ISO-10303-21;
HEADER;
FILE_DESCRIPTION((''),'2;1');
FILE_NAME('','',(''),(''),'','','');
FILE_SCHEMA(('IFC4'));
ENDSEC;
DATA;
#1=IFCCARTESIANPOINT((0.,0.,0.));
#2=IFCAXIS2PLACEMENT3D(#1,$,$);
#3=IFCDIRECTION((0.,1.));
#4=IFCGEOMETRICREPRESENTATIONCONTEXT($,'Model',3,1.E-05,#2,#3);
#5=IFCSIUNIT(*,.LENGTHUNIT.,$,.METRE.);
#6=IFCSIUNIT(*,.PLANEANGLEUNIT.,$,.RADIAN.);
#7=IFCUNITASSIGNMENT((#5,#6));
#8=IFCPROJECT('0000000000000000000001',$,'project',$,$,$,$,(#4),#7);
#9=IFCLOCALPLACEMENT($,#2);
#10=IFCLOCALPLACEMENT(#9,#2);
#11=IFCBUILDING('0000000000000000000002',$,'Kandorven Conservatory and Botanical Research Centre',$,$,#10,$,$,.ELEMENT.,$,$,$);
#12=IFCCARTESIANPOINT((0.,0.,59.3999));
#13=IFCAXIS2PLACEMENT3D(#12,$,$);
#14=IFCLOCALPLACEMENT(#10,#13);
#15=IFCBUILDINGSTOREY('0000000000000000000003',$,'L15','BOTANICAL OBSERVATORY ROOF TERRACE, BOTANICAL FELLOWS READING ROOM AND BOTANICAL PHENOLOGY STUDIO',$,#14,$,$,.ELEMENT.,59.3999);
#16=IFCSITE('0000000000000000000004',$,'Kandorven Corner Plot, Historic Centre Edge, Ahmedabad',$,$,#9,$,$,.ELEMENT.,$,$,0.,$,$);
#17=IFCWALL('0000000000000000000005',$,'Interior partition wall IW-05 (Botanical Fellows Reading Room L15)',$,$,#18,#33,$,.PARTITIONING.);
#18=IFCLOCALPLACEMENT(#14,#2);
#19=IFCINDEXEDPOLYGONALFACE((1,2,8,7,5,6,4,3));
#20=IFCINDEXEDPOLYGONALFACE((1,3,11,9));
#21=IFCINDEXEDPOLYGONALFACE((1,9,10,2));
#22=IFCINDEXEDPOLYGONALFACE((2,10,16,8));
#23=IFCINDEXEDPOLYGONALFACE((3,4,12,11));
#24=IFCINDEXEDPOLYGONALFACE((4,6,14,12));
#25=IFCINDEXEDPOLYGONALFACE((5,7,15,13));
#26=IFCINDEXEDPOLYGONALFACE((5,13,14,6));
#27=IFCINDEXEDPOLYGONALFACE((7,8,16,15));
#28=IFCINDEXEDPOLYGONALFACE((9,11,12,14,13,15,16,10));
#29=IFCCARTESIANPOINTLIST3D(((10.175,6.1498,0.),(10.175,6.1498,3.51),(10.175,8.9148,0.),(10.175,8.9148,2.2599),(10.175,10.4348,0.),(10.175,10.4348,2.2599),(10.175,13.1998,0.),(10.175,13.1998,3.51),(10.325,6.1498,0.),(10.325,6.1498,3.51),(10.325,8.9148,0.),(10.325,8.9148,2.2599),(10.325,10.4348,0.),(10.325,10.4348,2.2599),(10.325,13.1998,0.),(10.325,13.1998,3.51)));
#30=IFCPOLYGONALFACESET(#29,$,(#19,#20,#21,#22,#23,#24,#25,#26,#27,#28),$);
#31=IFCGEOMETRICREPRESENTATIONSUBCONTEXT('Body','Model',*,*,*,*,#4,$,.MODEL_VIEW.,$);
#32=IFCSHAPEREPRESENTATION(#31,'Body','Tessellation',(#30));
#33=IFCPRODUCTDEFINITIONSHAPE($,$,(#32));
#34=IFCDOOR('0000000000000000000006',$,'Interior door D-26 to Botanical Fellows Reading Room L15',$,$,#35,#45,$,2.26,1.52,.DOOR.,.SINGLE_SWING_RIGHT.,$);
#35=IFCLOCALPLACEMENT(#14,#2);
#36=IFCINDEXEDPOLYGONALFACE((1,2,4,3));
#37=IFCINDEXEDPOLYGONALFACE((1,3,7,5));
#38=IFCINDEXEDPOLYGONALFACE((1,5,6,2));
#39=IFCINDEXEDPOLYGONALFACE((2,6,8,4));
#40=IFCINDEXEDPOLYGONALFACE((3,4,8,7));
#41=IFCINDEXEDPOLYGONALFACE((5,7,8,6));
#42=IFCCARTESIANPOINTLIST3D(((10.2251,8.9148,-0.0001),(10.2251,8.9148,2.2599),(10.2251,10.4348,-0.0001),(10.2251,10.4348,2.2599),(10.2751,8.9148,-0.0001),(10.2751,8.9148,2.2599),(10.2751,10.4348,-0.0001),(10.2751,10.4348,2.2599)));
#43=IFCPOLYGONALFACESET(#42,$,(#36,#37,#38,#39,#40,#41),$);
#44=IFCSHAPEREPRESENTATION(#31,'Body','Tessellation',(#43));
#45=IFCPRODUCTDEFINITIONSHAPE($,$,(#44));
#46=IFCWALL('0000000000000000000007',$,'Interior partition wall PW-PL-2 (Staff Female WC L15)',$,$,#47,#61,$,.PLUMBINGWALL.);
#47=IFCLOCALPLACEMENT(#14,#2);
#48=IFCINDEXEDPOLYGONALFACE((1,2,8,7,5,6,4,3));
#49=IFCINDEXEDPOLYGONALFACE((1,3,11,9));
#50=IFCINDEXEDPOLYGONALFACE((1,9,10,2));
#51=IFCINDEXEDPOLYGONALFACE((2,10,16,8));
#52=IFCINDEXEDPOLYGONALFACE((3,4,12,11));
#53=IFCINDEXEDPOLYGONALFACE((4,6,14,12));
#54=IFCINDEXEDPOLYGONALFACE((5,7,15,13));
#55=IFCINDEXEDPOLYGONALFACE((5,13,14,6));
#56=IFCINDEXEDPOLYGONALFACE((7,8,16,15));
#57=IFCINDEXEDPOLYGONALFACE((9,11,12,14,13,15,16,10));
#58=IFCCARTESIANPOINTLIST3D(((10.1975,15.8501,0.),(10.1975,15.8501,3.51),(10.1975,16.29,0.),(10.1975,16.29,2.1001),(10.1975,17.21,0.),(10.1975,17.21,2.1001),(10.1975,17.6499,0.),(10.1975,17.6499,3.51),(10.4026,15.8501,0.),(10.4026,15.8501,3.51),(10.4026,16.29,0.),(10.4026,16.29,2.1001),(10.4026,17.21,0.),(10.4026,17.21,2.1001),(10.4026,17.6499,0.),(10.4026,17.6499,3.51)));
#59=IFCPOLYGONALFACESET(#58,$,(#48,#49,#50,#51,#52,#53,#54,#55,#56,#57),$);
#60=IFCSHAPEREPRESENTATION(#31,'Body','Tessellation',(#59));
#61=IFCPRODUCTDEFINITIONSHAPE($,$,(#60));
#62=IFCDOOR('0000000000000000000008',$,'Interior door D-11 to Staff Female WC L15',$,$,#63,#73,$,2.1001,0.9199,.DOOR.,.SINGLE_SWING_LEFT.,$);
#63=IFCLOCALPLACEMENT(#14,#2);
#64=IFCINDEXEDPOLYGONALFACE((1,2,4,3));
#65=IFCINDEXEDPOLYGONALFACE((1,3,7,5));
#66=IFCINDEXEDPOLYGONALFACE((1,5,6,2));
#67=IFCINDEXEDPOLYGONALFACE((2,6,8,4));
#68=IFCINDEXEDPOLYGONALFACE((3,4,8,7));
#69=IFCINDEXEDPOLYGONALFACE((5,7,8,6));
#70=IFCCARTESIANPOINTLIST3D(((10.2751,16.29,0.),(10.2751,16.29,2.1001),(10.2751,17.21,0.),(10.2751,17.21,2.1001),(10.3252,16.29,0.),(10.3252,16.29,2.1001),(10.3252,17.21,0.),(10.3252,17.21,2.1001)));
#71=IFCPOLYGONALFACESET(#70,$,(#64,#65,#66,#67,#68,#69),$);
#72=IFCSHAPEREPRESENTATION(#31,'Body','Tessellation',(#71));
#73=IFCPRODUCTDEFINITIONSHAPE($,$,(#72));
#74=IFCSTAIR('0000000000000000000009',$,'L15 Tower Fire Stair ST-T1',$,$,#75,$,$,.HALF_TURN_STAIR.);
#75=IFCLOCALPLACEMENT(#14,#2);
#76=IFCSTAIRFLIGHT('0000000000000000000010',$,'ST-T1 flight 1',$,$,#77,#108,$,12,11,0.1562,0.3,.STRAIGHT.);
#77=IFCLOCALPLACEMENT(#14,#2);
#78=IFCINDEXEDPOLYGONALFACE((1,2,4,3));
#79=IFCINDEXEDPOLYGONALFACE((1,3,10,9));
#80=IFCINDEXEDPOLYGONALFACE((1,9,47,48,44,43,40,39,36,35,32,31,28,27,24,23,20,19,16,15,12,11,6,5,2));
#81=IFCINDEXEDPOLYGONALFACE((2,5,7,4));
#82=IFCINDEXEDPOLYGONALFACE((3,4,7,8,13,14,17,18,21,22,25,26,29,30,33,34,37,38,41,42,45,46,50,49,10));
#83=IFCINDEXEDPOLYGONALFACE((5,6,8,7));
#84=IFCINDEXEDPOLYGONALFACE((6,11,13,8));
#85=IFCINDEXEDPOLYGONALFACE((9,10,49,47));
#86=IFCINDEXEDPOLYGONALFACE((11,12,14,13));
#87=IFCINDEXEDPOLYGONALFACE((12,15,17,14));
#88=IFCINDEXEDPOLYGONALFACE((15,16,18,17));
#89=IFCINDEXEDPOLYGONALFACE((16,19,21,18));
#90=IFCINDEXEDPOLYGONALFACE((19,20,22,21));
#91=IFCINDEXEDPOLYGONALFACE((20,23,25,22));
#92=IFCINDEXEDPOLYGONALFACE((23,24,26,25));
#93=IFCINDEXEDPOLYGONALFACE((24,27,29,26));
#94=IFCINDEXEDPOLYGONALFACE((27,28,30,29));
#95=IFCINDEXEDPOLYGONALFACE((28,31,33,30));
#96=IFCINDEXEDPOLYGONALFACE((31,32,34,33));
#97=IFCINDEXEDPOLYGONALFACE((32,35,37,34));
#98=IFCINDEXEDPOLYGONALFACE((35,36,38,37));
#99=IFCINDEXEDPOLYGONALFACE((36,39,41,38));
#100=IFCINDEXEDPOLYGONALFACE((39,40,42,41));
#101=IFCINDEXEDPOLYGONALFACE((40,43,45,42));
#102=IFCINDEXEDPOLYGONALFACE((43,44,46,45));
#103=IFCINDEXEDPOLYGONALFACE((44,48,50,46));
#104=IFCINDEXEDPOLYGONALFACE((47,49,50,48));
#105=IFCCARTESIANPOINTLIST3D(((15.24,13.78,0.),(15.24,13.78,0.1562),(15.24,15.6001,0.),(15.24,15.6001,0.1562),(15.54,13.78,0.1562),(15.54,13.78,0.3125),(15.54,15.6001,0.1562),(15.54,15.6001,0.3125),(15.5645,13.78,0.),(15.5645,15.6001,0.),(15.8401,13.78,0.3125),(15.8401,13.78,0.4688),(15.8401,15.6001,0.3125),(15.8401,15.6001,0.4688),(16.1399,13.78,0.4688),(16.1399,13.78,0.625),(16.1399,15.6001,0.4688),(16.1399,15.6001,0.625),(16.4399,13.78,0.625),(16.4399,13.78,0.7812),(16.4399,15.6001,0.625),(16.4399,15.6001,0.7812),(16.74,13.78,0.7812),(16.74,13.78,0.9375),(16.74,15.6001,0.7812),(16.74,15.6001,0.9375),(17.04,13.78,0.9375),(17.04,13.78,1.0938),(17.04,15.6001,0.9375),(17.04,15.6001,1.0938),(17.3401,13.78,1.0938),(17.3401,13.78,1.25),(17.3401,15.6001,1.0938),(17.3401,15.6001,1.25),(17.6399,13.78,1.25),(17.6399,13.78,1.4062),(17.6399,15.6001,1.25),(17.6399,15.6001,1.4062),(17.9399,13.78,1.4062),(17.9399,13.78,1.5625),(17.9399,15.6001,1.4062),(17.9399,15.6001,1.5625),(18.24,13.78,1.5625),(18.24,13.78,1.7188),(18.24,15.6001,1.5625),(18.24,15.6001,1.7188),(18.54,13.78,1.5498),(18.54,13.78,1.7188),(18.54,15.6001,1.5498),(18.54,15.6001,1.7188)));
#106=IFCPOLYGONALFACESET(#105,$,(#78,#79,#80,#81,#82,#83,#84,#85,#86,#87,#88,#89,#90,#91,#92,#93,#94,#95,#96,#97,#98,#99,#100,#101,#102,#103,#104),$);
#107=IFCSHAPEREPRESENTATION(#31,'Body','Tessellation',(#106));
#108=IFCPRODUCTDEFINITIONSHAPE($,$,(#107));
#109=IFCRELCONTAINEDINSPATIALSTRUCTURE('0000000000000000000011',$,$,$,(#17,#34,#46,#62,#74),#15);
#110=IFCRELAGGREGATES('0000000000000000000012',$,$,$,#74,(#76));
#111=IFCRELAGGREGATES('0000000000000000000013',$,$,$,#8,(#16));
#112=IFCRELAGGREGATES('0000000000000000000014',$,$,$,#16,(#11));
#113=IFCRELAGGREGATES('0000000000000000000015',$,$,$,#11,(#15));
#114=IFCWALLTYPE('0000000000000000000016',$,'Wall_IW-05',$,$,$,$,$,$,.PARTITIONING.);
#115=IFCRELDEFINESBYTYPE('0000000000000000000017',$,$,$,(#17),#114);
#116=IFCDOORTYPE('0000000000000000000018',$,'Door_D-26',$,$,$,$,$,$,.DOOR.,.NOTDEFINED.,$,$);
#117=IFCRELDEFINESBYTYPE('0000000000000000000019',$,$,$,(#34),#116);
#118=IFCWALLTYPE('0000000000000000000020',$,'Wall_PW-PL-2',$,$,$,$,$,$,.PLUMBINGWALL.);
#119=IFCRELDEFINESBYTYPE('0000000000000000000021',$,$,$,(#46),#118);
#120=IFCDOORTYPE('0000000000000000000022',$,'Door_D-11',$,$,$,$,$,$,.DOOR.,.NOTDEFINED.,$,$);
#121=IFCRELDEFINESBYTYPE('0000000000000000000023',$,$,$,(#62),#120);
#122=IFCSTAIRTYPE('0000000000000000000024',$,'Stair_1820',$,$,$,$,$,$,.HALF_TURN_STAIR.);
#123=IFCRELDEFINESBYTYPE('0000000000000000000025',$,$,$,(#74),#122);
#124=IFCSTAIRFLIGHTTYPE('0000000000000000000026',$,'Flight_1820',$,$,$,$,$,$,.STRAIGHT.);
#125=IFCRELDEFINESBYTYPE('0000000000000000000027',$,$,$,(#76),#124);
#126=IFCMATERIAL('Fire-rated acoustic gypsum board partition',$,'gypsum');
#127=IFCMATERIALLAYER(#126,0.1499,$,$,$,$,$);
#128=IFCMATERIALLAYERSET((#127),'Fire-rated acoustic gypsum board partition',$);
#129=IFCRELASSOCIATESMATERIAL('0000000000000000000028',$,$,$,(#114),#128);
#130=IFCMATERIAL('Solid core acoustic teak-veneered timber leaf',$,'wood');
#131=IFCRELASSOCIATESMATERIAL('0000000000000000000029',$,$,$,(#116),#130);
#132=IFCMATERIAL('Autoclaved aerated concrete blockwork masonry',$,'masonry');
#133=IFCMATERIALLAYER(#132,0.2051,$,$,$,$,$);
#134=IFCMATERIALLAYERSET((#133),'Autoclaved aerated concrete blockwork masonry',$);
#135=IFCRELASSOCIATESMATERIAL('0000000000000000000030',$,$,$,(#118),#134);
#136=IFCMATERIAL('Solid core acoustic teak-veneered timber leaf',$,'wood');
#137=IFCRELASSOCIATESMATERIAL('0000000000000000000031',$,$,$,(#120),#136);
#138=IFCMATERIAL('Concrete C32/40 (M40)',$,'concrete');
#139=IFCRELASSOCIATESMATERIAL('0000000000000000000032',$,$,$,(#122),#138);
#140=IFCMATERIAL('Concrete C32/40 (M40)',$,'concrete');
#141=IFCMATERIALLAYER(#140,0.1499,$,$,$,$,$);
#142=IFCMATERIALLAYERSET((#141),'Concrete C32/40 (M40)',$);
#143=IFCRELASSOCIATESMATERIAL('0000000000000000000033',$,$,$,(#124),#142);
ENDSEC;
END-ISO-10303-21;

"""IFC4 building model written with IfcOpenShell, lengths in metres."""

from ifc_helpers import new_model, si_unit, direction, frame, frame_2d, origin, place, context, subcontext, project, spatial, polyline, rectangle, outline, extrude, material, layer, layer_set, type_object, element, fill, aggregate, save


model = new_model("IFC4")

# Units and contexts
model_context = context("Model", 3, precision=1e-05, world=origin(), true_north=direction((0.0, 1.0)))
body_context = subcontext(model_context, "Body", "Model", "MODEL_VIEW")
ifc_project = project(units=[si_unit("LENGTHUNIT", "METRE"), si_unit("PLANEANGLEUNIT", "RADIAN")], contexts=[model_context])

# Site, building, storey
site_placement = place(None, origin())
site = spatial("IfcSite", under=ifc_project, at=site_placement, Name="Kandorven Corner Plot, Historic Centre Edge, Ahmedabad", CompositionType="ELEMENT", RefElevation=0.0)
building_placement = place(site_placement, origin())
building = spatial("IfcBuilding", under=site, at=building_placement, Name="Kandorven Conservatory and Botanical Research Centre", CompositionType="ELEMENT")
storey_placement = place(building_placement, frame((0.0, 0.0, 59.3999)))
storey = spatial("IfcBuildingStorey", under=building, at=storey_placement, Name="L15", Description="BOTANICAL OBSERVATORY ROOF TERRACE, BOTANICAL FELLOWS READING ROOM AND BOTANICAL PHENOLOGY STUDIO", CompositionType="ELEMENT", Elevation=59.3999)

# Walls, openings, doors
ifc_material_1 = material(Name="Fire-rated acoustic gypsum board partition", Category="gypsum")
ifc_layer_1 = layer(ifc_material_1, 0.1499)
ifc_layer_set_1 = layer_set([ifc_layer_1], Name="Fire-rated acoustic gypsum board partition")
wall_type_1 = type_object("IfcWallType", Name="Wall_IW-05", PredefinedType="PARTITIONING", material=ifc_layer_set_1)
wall_1_placement = place(storey_placement, frame((10.25, 6.1499, 0.0), z_axis=(0.0, 0.0, 1.0), x_axis=(0.0, 1.0, 0.0)))
wall_1 = element("IfcWall", 1, at=wall_1_placement, inside=storey, type_object=wall_type_1, Name="Interior partition wall IW-05 (Botanical Fellows Reading Room L15)", PredefinedType="PARTITIONING", context=body_context, shape_type="SweptSolid", body=[
    extrude(rectangle(XDim=7.05, YDim=0.1499, at=frame_2d((3.5249, 0.0))), origin(), (0.0, 0.0, 1.0), 3.51),
])
opening_1_placement = place(wall_1_placement, frame((2.7649, 0.0, 0.0)))
opening_1 = element("IfcOpeningElement", 2, at=opening_1_placement, cuts=wall_1, PredefinedType="OPENING", context=body_context, shape_type="SweptSolid", body=[
    extrude(rectangle(XDim=1.52, YDim=2.26, at=frame_2d((0.76, 1.1299))), frame((0.0, 0.085, 0.0), z_axis=(0.0, -1.0, 0.0), x_axis=(1.0, 0.0, 0.0)), (0.0, 0.0, 1.0), 0.1699),
])
ifc_material_2 = material(Name="Solid core acoustic teak-veneered timber leaf", Category="wood")
door_type_1 = type_object("IfcDoorType", Name="Door_D-26", OperationType="NOTDEFINED", PredefinedType="DOOR", material=ifc_material_2)
door_1_placement = place(opening_1_placement, origin())
door_1 = element("IfcDoor", 3, at=door_1_placement, inside=storey, type_object=door_type_1, Name="Interior door D-26 to Botanical Fellows Reading Room L15", OperationType="SINGLE_SWING_RIGHT", OverallHeight=2.26, OverallWidth=1.52, PredefinedType="DOOR", context=body_context, shape_type="SweptSolid", body=[
    extrude(rectangle(XDim=1.52, YDim=2.26, at=frame_2d((0.76, 1.1299))), frame((0.0, 0.0249, 0.0), z_axis=(0.0, -1.0, 0.0), x_axis=(1.0, 0.0, 0.0)), (0.0, 0.0, 1.0), 0.05),
])
fill(opening_1, door_1)
ifc_material_3 = material(Name="Autoclaved aerated concrete blockwork masonry", Category="masonry")
ifc_layer_2 = layer(ifc_material_3, 0.2051)
ifc_layer_set_2 = layer_set([ifc_layer_2], Name="Autoclaved aerated concrete blockwork masonry")
wall_type_2 = type_object("IfcWallType", Name="Wall_PW-PL-2", PredefinedType="PLUMBINGWALL", material=ifc_layer_set_2)
wall_2_placement = place(storey_placement, frame((10.3, 15.8501, 0.0), z_axis=(0.0, 0.0, 1.0), x_axis=(0.0, 1.0, 0.0)))
wall_2 = element("IfcWall", 4, at=wall_2_placement, inside=storey, type_object=wall_type_2, Name="Interior partition wall PW-PL-2 (Staff Female WC L15)", PredefinedType="PLUMBINGWALL", context=body_context, shape_type="SweptSolid", body=[
    extrude(rectangle(XDim=1.7998, YDim=0.2051, at=frame_2d((0.8999, 0.0))), origin(), (0.0, 0.0, 1.0), 3.51),
])
opening_2_placement = place(wall_2_placement, frame((0.4399, 0.0, 0.0)))
opening_2 = element("IfcOpeningElement", 5, at=opening_2_placement, cuts=wall_2, PredefinedType="OPENING", context=body_context, shape_type="SweptSolid", body=[
    extrude(rectangle(XDim=0.9199, YDim=2.1001, at=frame_2d((0.46, 1.05))), frame((0.0, 0.1125, 0.0), z_axis=(0.0, -1.0, 0.0), x_axis=(1.0, 0.0, 0.0)), (0.0, 0.0, 1.0), 0.2251),
])
ifc_material_4 = material(Name="Solid core acoustic teak-veneered timber leaf", Category="wood")
door_type_2 = type_object("IfcDoorType", Name="Door_D-11", OperationType="NOTDEFINED", PredefinedType="DOOR", material=ifc_material_4)
door_2_placement = place(opening_2_placement, origin())
door_2 = element("IfcDoor", 6, at=door_2_placement, inside=storey, type_object=door_type_2, Name="Interior door D-11 to Staff Female WC L15", OperationType="SINGLE_SWING_LEFT", OverallHeight=2.1001, OverallWidth=0.9199, PredefinedType="DOOR", context=body_context, shape_type="SweptSolid", body=[
    extrude(rectangle(XDim=0.9199, YDim=2.1001, at=frame_2d((0.46, 1.05))), frame((0.0, 0.0249, 0.0), z_axis=(0.0, -1.0, 0.0), x_axis=(1.0, 0.0, 0.0)), (0.0, 0.0, 1.0), 0.05),
])
fill(opening_2, door_2)

# Stair, stair flight
ifc_material_5 = material(Name="Concrete C32/40 (M40)", Category="concrete")
stair_type = type_object("IfcStairType", Name="Stair_1820", PredefinedType="HALF_TURN_STAIR", material=ifc_material_5)
stair_placement = place(storey_placement, origin())
stair = element("IfcStair", 7, at=stair_placement, inside=storey, type_object=stair_type, Name="L15 Tower Fire Stair ST-T1", PredefinedType="HALF_TURN_STAIR")
ifc_material_6 = material(Name="Concrete C32/40 (M40)", Category="concrete")
ifc_layer_3 = layer(ifc_material_6, 0.1499)
ifc_layer_set_3 = layer_set([ifc_layer_3], Name="Concrete C32/40 (M40)")
stair_flight_type = type_object("IfcStairFlightType", Name="Flight_1820", PredefinedType="STRAIGHT", material=ifc_layer_set_3)
stair_flight_placement = place(storey_placement, frame((15.24, 14.6899, 0.0), z_axis=(0.0, 0.0, 1.0), x_axis=(1.0, 0.0, 0.0)))
stair_flight = element("IfcStairFlight", 8, at=stair_flight_placement, type_object=stair_flight_type, Name="ST-T1 flight 1", NumberOfRisers=12, NumberOfTreads=11, PredefinedType="STRAIGHT", RiserHeight=0.1562, TreadLength=0.3, context=body_context, shape_type="SweptSolid", body=[
    extrude(outline(polyline([(0.0, 0.0), (0.0, 0.1562), (0.3, 0.1562), (0.3, 0.3125), (0.6001, 0.3125), (0.6001, 0.4688), (0.8999, 0.4688), (0.8999, 0.625), (1.2, 0.625), (1.2, 0.7812), (1.5, 0.7812), (1.5, 0.9375), (1.8, 0.9375), (1.8, 1.0938), (2.1001, 1.0938), (2.1001, 1.25), (2.3999, 1.25), (2.3999, 1.4062), (2.7, 1.4062), (2.7, 1.5625), (3.0, 1.5625), (3.0, 1.7188), (3.3, 1.7188), (3.3, 1.875), (3.3, 1.5498), (0.3245, 0.0), (0.0, 0.0)])), frame((0.0, 0.9102, 0.0), z_axis=(0.0, -1.0, 0.0), x_axis=(1.0, 0.0, 0.0)), (0.0, 0.0, 1.0), 1.8201),
])
aggregate(stair, [stair_flight])

save(model, "model.ifc")
